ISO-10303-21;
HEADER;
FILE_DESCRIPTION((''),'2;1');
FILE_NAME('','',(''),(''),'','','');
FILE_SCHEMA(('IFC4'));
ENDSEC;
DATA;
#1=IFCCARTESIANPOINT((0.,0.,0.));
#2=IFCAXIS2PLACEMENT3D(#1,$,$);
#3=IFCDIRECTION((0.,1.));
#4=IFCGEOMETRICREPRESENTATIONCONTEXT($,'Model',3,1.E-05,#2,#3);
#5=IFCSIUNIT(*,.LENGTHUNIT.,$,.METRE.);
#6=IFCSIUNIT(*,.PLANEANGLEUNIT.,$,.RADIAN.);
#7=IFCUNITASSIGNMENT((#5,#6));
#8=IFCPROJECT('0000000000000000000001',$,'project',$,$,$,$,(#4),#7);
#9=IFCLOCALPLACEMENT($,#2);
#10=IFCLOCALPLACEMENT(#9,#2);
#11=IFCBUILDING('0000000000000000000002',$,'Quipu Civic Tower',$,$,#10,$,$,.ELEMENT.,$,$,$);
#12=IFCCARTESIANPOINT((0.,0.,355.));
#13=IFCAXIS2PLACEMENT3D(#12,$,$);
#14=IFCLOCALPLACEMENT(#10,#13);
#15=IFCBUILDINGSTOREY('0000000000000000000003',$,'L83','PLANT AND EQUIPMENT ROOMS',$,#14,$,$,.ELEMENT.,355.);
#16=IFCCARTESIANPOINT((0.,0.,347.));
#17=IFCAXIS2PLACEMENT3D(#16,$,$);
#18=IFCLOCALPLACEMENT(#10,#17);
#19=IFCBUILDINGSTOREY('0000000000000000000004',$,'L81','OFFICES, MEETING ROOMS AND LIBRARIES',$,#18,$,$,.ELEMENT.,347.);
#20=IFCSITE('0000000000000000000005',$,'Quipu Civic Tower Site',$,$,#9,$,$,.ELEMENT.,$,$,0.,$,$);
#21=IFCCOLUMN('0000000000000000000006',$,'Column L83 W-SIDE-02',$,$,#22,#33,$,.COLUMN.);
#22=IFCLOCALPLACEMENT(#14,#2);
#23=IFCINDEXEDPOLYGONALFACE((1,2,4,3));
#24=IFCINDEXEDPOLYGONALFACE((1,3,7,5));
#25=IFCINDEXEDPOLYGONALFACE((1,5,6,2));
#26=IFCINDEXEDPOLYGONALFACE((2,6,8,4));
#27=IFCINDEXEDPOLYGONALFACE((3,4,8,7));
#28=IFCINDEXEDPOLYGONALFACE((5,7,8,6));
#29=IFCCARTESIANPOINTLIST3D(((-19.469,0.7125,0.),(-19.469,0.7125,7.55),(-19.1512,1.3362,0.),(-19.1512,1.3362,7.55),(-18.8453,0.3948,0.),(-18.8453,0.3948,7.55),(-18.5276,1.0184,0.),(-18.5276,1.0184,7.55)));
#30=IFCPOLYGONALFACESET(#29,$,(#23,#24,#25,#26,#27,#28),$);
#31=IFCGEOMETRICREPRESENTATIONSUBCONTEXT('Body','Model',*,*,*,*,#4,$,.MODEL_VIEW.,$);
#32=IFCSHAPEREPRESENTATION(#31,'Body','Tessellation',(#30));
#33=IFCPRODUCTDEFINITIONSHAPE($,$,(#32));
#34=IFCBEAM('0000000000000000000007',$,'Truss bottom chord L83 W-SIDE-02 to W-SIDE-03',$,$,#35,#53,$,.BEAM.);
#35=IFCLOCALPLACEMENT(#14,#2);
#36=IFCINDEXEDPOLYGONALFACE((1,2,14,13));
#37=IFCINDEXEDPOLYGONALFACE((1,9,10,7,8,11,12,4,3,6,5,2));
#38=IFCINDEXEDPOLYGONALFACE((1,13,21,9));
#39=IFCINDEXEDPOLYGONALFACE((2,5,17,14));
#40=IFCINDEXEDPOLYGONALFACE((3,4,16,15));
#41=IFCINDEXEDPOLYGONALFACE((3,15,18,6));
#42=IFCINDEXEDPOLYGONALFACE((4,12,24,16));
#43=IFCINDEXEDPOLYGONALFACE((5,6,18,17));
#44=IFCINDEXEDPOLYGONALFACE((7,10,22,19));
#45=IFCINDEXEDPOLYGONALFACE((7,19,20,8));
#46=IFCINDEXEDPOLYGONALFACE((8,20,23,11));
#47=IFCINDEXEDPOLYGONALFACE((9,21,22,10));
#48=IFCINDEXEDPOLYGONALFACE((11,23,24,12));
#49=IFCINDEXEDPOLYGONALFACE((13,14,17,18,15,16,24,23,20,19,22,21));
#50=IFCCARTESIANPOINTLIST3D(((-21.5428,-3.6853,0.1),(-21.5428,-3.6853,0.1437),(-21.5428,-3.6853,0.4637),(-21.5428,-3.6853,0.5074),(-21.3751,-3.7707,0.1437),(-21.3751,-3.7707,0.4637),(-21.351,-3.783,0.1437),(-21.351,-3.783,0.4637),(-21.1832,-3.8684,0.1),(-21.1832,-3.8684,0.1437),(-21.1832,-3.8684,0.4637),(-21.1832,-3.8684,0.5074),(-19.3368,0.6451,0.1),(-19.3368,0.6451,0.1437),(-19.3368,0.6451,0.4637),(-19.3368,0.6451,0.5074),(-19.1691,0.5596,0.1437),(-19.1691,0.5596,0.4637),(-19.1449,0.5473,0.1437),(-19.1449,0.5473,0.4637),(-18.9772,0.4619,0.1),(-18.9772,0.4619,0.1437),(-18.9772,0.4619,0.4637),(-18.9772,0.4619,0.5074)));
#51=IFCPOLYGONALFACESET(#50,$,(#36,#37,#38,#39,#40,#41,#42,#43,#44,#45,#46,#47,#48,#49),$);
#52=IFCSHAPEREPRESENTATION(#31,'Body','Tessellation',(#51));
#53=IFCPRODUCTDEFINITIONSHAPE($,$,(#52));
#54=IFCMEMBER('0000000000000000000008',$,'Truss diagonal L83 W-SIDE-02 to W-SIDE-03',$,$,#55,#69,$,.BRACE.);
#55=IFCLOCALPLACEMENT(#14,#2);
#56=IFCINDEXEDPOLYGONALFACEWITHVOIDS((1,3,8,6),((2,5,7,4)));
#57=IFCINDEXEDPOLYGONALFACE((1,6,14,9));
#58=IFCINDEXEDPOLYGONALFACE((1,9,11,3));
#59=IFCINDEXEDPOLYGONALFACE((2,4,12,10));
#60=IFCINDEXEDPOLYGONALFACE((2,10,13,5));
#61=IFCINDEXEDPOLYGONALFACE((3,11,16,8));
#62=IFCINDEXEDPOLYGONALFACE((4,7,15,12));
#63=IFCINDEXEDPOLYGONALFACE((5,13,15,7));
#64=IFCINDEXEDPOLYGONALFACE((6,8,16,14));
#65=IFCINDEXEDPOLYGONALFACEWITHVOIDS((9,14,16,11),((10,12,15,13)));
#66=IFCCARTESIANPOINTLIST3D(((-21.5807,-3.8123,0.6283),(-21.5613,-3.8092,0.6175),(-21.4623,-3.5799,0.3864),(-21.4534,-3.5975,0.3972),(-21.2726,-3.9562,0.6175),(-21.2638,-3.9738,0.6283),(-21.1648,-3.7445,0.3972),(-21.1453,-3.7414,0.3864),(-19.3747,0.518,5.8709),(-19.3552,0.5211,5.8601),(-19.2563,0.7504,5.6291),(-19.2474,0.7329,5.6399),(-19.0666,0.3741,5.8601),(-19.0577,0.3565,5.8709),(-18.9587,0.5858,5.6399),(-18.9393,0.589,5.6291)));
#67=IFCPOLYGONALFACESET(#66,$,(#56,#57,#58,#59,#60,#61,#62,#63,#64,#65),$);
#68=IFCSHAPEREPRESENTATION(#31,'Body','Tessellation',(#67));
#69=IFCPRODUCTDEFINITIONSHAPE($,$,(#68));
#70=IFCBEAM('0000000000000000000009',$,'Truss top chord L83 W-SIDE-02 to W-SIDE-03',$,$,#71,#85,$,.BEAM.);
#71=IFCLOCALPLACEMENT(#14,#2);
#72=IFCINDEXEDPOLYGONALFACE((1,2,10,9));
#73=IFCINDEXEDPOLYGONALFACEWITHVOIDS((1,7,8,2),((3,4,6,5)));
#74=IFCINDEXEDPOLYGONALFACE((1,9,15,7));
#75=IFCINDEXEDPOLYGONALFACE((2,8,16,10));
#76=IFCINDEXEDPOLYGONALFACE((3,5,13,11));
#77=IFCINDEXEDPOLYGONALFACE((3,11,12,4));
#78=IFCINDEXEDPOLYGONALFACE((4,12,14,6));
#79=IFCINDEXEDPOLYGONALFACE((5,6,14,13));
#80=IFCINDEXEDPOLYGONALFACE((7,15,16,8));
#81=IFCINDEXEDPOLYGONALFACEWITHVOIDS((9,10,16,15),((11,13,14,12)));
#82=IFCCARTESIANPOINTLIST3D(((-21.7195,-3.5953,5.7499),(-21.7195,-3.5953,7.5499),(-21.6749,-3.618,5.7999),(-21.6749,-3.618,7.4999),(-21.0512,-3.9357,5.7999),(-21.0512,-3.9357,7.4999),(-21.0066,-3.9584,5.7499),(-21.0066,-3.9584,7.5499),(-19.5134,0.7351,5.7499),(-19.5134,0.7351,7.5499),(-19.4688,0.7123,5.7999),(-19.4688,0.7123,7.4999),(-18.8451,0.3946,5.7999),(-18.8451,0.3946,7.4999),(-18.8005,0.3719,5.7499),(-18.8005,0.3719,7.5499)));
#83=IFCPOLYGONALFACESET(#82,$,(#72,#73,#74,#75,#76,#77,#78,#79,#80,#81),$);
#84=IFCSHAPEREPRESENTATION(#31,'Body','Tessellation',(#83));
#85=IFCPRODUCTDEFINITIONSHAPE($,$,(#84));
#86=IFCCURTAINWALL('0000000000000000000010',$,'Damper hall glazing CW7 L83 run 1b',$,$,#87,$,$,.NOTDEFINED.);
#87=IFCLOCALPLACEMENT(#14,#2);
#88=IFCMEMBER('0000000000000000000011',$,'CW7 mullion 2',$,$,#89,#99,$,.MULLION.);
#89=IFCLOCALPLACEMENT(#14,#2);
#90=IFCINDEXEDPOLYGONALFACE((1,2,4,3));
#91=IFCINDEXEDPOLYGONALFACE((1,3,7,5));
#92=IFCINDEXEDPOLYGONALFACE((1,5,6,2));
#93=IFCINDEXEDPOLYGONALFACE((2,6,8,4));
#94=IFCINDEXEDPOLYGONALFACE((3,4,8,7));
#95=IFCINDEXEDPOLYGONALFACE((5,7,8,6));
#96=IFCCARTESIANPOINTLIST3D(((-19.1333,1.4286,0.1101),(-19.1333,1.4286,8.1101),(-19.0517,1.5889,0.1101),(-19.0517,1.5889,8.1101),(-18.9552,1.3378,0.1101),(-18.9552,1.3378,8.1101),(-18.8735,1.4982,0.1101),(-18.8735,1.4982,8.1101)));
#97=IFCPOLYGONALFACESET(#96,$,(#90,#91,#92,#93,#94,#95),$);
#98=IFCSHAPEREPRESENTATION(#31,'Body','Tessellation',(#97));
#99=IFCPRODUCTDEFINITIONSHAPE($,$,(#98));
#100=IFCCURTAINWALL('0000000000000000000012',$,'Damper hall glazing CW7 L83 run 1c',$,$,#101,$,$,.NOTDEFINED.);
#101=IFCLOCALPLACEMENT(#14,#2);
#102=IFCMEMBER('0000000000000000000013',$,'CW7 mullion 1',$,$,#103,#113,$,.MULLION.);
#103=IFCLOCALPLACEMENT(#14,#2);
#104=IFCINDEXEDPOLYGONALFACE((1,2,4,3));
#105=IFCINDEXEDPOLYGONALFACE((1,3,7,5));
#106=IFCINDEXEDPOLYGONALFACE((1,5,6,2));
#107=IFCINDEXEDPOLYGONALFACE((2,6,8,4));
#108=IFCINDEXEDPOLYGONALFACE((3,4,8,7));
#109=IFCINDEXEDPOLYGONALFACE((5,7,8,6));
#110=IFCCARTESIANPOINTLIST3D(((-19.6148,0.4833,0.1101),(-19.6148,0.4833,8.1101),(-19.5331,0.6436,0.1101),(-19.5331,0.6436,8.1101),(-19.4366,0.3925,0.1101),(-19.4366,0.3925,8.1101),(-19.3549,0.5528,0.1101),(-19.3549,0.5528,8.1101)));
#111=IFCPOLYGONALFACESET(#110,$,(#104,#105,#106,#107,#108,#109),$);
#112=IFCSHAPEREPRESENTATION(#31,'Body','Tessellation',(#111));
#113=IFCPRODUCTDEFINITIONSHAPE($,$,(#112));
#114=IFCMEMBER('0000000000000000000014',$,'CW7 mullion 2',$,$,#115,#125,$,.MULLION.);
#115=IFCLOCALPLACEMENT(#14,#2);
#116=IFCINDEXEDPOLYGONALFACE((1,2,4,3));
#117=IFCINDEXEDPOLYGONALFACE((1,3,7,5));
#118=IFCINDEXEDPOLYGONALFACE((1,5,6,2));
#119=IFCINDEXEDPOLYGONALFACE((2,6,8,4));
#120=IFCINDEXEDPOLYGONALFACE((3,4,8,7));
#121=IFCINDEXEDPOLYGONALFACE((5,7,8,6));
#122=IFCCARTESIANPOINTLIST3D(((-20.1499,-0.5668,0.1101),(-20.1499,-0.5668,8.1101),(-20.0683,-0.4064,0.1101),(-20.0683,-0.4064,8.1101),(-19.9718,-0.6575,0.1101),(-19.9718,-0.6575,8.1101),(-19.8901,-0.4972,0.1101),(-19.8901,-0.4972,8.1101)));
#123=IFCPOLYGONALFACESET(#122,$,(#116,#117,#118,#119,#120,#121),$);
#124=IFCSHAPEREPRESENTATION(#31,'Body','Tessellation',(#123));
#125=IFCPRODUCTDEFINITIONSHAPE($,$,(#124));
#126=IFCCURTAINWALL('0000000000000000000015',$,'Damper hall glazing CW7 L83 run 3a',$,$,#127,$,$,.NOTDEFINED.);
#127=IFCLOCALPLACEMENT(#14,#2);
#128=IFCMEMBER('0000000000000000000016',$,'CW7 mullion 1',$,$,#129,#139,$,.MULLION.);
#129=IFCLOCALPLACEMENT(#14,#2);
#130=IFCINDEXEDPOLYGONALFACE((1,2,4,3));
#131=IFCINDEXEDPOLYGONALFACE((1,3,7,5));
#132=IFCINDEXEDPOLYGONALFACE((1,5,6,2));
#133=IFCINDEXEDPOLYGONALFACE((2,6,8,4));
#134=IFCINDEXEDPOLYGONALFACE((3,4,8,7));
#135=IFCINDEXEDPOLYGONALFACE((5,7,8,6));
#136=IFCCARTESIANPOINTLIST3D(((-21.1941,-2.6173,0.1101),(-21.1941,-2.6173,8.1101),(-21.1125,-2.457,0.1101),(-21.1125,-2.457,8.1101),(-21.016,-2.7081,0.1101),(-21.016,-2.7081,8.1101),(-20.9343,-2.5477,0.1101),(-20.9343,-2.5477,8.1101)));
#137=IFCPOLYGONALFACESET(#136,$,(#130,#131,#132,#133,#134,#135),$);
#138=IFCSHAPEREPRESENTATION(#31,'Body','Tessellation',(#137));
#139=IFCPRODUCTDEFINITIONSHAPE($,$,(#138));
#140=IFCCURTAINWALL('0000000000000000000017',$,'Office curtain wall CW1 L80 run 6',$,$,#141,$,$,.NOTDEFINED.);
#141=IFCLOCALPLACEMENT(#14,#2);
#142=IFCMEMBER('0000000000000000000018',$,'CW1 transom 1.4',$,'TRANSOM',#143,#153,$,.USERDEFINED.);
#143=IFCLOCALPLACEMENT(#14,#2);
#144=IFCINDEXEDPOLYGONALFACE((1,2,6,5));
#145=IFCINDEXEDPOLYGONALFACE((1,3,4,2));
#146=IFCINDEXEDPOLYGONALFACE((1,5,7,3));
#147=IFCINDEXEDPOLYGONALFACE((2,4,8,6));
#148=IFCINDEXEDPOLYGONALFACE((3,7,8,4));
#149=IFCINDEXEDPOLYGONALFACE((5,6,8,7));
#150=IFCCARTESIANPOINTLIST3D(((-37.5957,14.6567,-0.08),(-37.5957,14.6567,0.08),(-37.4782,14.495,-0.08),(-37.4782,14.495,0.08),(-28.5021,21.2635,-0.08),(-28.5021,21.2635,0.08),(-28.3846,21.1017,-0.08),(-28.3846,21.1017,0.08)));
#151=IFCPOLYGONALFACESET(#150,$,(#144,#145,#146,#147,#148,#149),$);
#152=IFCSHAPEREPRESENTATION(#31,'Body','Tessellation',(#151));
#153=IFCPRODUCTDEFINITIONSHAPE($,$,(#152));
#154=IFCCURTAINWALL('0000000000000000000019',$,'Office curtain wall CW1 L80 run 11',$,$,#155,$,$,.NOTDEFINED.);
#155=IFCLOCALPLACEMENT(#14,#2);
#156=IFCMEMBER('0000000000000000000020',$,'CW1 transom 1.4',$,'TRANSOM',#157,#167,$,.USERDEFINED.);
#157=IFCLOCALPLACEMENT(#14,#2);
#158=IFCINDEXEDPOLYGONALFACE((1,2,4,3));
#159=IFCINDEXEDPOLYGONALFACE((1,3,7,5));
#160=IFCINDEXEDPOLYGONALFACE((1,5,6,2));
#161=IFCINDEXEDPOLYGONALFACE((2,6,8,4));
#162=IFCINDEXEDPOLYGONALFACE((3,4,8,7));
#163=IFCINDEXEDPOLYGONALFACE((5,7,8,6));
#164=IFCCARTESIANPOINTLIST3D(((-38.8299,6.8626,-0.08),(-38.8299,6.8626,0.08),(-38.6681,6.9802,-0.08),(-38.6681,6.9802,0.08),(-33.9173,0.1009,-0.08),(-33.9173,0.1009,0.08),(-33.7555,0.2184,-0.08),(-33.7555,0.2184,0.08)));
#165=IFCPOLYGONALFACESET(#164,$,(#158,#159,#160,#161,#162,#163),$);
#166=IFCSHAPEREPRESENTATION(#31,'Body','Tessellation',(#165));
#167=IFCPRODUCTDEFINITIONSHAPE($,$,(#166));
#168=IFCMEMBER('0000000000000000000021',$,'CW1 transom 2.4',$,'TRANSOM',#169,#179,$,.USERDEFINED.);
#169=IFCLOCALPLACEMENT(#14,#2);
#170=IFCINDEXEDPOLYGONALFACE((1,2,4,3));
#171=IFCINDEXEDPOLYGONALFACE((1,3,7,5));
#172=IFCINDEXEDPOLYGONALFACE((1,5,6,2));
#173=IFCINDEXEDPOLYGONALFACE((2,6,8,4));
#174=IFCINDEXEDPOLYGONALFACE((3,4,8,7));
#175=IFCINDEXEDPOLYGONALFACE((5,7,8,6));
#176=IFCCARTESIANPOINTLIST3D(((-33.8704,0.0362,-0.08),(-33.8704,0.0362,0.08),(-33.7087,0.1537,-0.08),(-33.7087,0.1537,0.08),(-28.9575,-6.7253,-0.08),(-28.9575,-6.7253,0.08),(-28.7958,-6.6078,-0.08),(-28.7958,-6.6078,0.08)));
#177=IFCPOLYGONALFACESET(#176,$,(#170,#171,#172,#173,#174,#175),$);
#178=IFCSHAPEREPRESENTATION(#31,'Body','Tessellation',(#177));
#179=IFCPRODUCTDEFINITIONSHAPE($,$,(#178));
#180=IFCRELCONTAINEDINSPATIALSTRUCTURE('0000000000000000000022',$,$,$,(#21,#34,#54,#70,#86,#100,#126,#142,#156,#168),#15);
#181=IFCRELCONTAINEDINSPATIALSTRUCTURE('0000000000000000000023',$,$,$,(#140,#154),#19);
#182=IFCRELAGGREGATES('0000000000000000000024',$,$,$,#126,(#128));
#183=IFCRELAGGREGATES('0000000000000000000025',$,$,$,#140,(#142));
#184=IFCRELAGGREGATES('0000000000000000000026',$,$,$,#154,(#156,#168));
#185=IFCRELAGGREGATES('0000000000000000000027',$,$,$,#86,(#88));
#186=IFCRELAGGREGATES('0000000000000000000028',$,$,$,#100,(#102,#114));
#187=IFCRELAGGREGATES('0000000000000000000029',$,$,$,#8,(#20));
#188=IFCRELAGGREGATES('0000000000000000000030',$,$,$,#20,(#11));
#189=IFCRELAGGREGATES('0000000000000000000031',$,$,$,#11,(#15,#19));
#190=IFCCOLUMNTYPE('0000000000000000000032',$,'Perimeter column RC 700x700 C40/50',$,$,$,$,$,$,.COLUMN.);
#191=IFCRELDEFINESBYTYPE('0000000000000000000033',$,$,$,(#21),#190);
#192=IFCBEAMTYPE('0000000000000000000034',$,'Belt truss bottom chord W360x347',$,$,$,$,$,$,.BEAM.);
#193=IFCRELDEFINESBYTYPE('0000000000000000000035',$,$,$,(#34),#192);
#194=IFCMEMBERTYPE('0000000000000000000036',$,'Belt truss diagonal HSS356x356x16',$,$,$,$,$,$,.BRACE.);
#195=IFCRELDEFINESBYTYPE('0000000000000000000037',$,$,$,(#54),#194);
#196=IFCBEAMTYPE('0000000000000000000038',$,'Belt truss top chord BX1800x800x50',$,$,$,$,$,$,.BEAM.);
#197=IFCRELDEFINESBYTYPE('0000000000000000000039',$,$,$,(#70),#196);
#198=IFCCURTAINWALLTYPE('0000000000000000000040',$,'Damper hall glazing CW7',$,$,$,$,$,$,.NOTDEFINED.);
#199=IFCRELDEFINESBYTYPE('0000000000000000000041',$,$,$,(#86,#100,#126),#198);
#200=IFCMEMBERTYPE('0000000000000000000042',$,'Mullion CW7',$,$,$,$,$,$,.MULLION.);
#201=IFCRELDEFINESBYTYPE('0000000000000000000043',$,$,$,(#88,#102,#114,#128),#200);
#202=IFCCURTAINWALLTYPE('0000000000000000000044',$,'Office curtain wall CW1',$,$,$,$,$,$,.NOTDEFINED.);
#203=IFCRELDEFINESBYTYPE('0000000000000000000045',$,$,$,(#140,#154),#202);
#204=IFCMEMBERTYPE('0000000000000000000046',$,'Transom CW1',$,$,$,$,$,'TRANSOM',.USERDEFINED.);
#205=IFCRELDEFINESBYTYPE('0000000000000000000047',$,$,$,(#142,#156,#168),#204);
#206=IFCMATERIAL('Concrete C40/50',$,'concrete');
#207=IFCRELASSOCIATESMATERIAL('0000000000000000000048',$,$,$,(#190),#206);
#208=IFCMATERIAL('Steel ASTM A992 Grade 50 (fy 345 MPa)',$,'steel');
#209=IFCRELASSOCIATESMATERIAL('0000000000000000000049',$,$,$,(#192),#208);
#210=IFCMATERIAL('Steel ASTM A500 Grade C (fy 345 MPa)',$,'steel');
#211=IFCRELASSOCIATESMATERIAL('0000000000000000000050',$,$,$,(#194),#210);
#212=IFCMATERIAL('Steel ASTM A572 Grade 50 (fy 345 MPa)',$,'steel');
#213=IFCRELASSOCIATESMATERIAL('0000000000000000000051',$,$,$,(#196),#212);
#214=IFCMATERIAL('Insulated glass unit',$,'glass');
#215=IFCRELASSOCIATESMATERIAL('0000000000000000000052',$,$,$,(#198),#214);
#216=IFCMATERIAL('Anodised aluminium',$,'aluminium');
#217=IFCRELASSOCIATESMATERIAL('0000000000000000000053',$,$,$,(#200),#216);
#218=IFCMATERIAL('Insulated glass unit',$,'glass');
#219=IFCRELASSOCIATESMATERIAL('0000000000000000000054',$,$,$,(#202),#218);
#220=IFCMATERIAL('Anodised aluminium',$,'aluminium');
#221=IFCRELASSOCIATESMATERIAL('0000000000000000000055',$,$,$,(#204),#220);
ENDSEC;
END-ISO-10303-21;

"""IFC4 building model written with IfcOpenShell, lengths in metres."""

from ifc_helpers import new_model, si_unit, direction, frame, origin, origin_2d, place, context, subcontext, project, spatial, rectangle, hollow_rectangle, i_section, extrude, material, material_profile, profile_set, type_object, element, aggregate, save


model = new_model("IFC4")

# Units and contexts
model_context = context("Model", 3, precision=1e-05, world=origin(), true_north=direction((0.0, 1.0)))
body_context = subcontext(model_context, "Body", "Model", "MODEL_VIEW")
ifc_project = project(units=[si_unit("LENGTHUNIT", "METRE"), si_unit("PLANEANGLEUNIT", "RADIAN")], contexts=[model_context])

# Site, building, storey
site_placement = place(None, origin())
site = spatial("IfcSite", under=ifc_project, at=site_placement, Name="Quipu Civic Tower Site", CompositionType="ELEMENT", RefElevation=0.0)
building_placement = place(site_placement, origin())
building = spatial("IfcBuilding", under=site, at=building_placement, Name="Quipu Civic Tower", CompositionType="ELEMENT")
storey_1_placement = place(building_placement, frame((0.0, 0.0, 355.0)))
storey_1 = spatial("IfcBuildingStorey", under=building, at=storey_1_placement, Name="L83", Description="PLANT AND EQUIPMENT ROOMS", CompositionType="ELEMENT", Elevation=355.0)

# Column
ifc_material_1 = material(Name="Concrete C40/50", Category="concrete")
ifc_material_profile_1 = material_profile(ifc_material_1, rectangle(XDim=0.7, YDim=0.7, at=origin_2d()), Name="RC700x700")
ifc_profile_set_1 = profile_set([ifc_material_profile_1], Name="Concrete C40/50")
column_type = type_object("IfcColumnType", Name="Perimeter column RC 700x700 C40/50", PredefinedType="COLUMN", material=ifc_profile_set_1)
column_placement = place(storey_1_placement, frame((-18.9983, 0.8655, 0.0), z_axis=(0.0, 0.0, 1.0), x_axis=(-0.45399, -0.891007, 0.0)))
element("IfcColumn", 1, at=column_placement, inside=storey_1, type_object=column_type, Name="Column L83 W-SIDE-02", PredefinedType="COLUMN", context=body_context, shape_type="SweptSolid", body=[
    extrude(rectangle(XDim=0.7, YDim=0.7, at=origin_2d()), origin(), (0.0, 0.0, 1.0), 7.55),
])

# Beam
ifc_material_2 = material(Name="Steel ASTM A992 Grade 50 (fy 345 MPa)", Category="steel")
ifc_material_profile_2 = material_profile(ifc_material_2, i_section(OverallWidth=0.4036, OverallDepth=0.4075, WebThickness=0.0271, FlangeThickness=0.0437, at=origin_2d()), Name="W360x347")
ifc_profile_set_2 = profile_set([ifc_material_profile_2], Name="Steel ASTM A992 Grade 50 (fy 345 MPa)")
beam_type_1 = type_object("IfcBeamType", Name="Belt truss bottom chord W360x347", PredefinedType="BEAM", material=ifc_profile_set_2)
beam_1_placement = place(storey_1_placement, frame((-19.157, 0.5535, 0.3037), z_axis=(-0.453933, -0.891036, 0.0), x_axis=(0.891036, -0.453933, 0.0)))
element("IfcBeam", 2, at=beam_1_placement, inside=storey_1, type_object=beam_type_1, Name="Truss bottom chord L83 W-SIDE-02 to W-SIDE-03", PredefinedType="BEAM", context=body_context, shape_type="SweptSolid", body=[
    extrude(i_section(OverallWidth=0.4036, OverallDepth=0.4075, WebThickness=0.0271, FlangeThickness=0.0437, at=origin_2d()), origin(), (0.0, 0.0, 1.0), 4.8599),
])

# Member
ifc_material_3 = material(Name="Steel ASTM A500 Grade C (fy 345 MPa)", Category="steel")
ifc_material_profile_3 = material_profile(ifc_material_3, hollow_rectangle(XDim=0.3557, YDim=0.3557, WallThickness=0.0159, at=origin_2d()), Name="HSS356x356x16")
ifc_profile_set_3 = profile_set([ifc_material_profile_3], Name="Steel ASTM A500 Grade C (fy 345 MPa)")
member_type_1 = type_object("IfcMemberType", Name="Belt truss diagonal HSS356x356x16", PredefinedType="BRACE", material=ifc_profile_set_3)
member_1_placement = place(storey_1_placement, frame((-19.157, 0.5535, 5.75), z_axis=(-0.308595, -0.605749, -0.733374), x_axis=(0.891036, -0.453933, 0.0)))
element("IfcMember", 3, at=member_1_placement, inside=storey_1, type_object=member_type_1, Name="Truss diagonal L83 W-SIDE-02 to W-SIDE-03", PredefinedType="BRACE", context=body_context, shape_type="SweptSolid", body=[
    extrude(hollow_rectangle(XDim=0.3557, YDim=0.3557, WallThickness=0.0159, at=origin_2d()), origin(), (0.0, 0.0, 1.0), 7.1487),
])

# Beam
ifc_material_4 = material(Name="Steel ASTM A572 Grade 50 (fy 345 MPa)", Category="steel")
ifc_material_profile_4 = material_profile(ifc_material_4, hollow_rectangle(XDim=0.8, YDim=1.8, WallThickness=0.05, at=origin_2d()), Name="BX1800x800x50")
ifc_profile_set_4 = profile_set([ifc_material_profile_4], Name="Steel ASTM A572 Grade 50 (fy 345 MPa)")
beam_type_2 = type_object("IfcBeamType", Name="Belt truss top chord BX1800x800x50", PredefinedType="BEAM", material=ifc_profile_set_4)
beam_2_placement = place(storey_1_placement, frame((-19.157, 0.5535, 6.6499), z_axis=(-0.453933, -0.891036, 0.0), x_axis=(0.891036, -0.453933, 0.0)))
element("IfcBeam", 4, at=beam_2_placement, inside=storey_1, type_object=beam_type_2, Name="Truss top chord L83 W-SIDE-02 to W-SIDE-03", PredefinedType="BEAM", context=body_context, shape_type="SweptSolid", body=[
    extrude(hollow_rectangle(XDim=0.8, YDim=1.8, WallThickness=0.05, at=origin_2d()), origin(), (0.0, 0.0, 1.0), 4.8599),
])

# Curtain wall, member
ifc_material_5 = material(Name="Insulated glass unit", Category="glass")
curtain_wall_type_1 = type_object("IfcCurtainWallType", Name="Damper hall glazing CW7", PredefinedType="NOTDEFINED", material=ifc_material_5)
curtain_wall_1_placement = place(storey_1_placement, origin())
curtain_wall_1 = element("IfcCurtainWall", 5, at=curtain_wall_1_placement, inside=storey_1, type_object=curtain_wall_type_1, Name="Damper hall glazing CW7 L83 run 1b", PredefinedType="NOTDEFINED")
ifc_material_6 = material(Name="Anodised aluminium", Category="aluminium")
ifc_material_profile_5 = material_profile(ifc_material_6, rectangle(XDim=0.2, YDim=0.1799, at=origin_2d()), Name="RECT 200x180")
ifc_profile_set_5 = profile_set([ifc_material_profile_5], Name="Anodised aluminium")
member_type_2 = type_object("IfcMemberType", Name="Mullion CW7", PredefinedType="MULLION", material=ifc_profile_set_5)
member_2_placement = place(storey_1_placement, frame((-19.0034, 1.4634, 0.1101), z_axis=(0.0, 0.0, 1.0), x_axis=(0.891003, -0.453997, 0.0)))
member_2 = element("IfcMember", 6, at=member_2_placement, type_object=member_type_2, Name="CW7 mullion 2", PredefinedType="MULLION", context=body_context, shape_type="SweptSolid", body=[
    extrude(rectangle(XDim=0.2, YDim=0.1799, at=origin_2d()), origin(), (0.0, 0.0, 1.0), 8.0),
])

# Curtain wall, members
curtain_wall_2_placement = place(storey_1_placement, origin())
curtain_wall_2 = element("IfcCurtainWall", 7, at=curtain_wall_2_placement, inside=storey_1, type_object=curtain_wall_type_1, Name="Damper hall glazing CW7 L83 run 1c", PredefinedType="NOTDEFINED")
member_3_placement = place(storey_1_placement, frame((-19.4849, 0.5181, 0.1101), z_axis=(0.0, 0.0, 1.0), x_axis=(0.891, -0.454003, 0.0)))
member_3 = element("IfcMember", 8, at=member_3_placement, type_object=member_type_2, Name="CW7 mullion 1", PredefinedType="MULLION", context=body_context, shape_type="SweptSolid", body=[
    extrude(rectangle(XDim=0.2, YDim=0.1799, at=origin_2d()), origin(), (0.0, 0.0, 1.0), 8.0),
])
member_4_placement = place(storey_1_placement, frame((-20.02, -0.532, 0.1101), z_axis=(0.0, 0.0, 1.0), x_axis=(0.891, -0.454003, 0.0)))
member_4 = element("IfcMember", 9, at=member_4_placement, type_object=member_type_2, Name="CW7 mullion 2", PredefinedType="MULLION", context=body_context, shape_type="SweptSolid", body=[
    extrude(rectangle(XDim=0.2, YDim=0.1799, at=origin_2d()), origin(), (0.0, 0.0, 1.0), 8.0),
])

# Curtain wall, member
curtain_wall_3_placement = place(storey_1_placement, origin())
curtain_wall_3 = element("IfcCurtainWall", 10, at=curtain_wall_3_placement, inside=storey_1, type_object=curtain_wall_type_1, Name="Damper hall glazing CW7 L83 run 3a", PredefinedType="NOTDEFINED")
member_5_placement = place(storey_1_placement, frame((-21.0642, -2.5825, 0.1101), z_axis=(0.0, 0.0, 1.0), x_axis=(0.891034, -0.453937, 0.0)))
member_5 = element("IfcMember", 11, at=member_5_placement, type_object=member_type_2, Name="CW7 mullion 1", PredefinedType="MULLION", context=body_context, shape_type="SweptSolid", body=[
    extrude(rectangle(XDim=0.2, YDim=0.1799, at=origin_2d()), origin(), (0.0, 0.0, 1.0), 8.0),
])
aggregate(curtain_wall_3, [member_5])

# Shared definitions
storey_2_placement = place(building_placement, frame((0.0, 0.0, 347.0)))
storey_2 = spatial("IfcBuildingStorey", under=building, at=storey_2_placement, Name="L81", Description="OFFICES, MEETING ROOMS AND LIBRARIES", CompositionType="ELEMENT", Elevation=347.0)

# Curtain wall, member
ifc_material_7 = material(Name="Insulated glass unit", Category="glass")
curtain_wall_type_2 = type_object("IfcCurtainWallType", Name="Office curtain wall CW1", PredefinedType="NOTDEFINED", material=ifc_material_7)
curtain_wall_4_placement = place(storey_2_placement, origin())
curtain_wall_4 = element("IfcCurtainWall", 12, at=curtain_wall_4_placement, inside=storey_2, type_object=curtain_wall_type_2, Name="Office curtain wall CW1 L80 run 6", PredefinedType="NOTDEFINED")
ifc_material_8 = material(Name="Anodised aluminium", Category="aluminium")
ifc_material_profile_6 = material_profile(ifc_material_8, rectangle(XDim=0.2, YDim=0.1599, at=origin_2d()), Name="RECT 200x160")
ifc_profile_set_6 = profile_set([ifc_material_profile_6], Name="Anodised aluminium")
member_type_3 = type_object("IfcMemberType", Name="Transom CW1", ElementType="TRANSOM", PredefinedType="USERDEFINED", material=ifc_profile_set_6)
member_6_placement = place(storey_1_placement, frame((-28.4434, 21.1826, 0.0), z_axis=(-0.809022, -0.587778, 0.0), x_axis=(0.587778, -0.809022, 0.0)))
member_6 = element("IfcMember", 13, at=member_6_placement, inside=storey_1, type_object=member_type_3, Name="CW1 transom 1.4", ObjectType="TRANSOM", PredefinedType="USERDEFINED", context=body_context, shape_type="SweptSolid", body=[
    extrude(rectangle(XDim=0.2, YDim=0.1599, at=origin_2d()), origin(), (0.0, 0.0, 1.0), 11.2402),
])
aggregate(curtain_wall_4, [member_6])

# Curtain wall, members
curtain_wall_5_placement = place(storey_2_placement, origin())
curtain_wall_5 = element("IfcCurtainWall", 14, at=curtain_wall_5_placement, inside=storey_2, type_object=curtain_wall_type_2, Name="Office curtain wall CW1 L80 run 11", PredefinedType="NOTDEFINED")
member_7_placement = place(storey_1_placement, frame((-38.749, 6.9214, 0.0), z_axis=(0.587779, -0.809021, 0.0), x_axis=(0.809021, 0.587779, 0.0)))
member_7 = element("IfcMember", 15, at=member_7_placement, inside=storey_1, type_object=member_type_3, Name="CW1 transom 1.4", ObjectType="TRANSOM", PredefinedType="USERDEFINED", context=body_context, shape_type="SweptSolid", body=[
    extrude(rectangle(XDim=0.2, YDim=0.1599, at=origin_2d()), origin(), (0.0, 0.0, 1.0), 8.3579),
])
member_8_placement = place(storey_1_placement, frame((-33.7896, 0.095, 0.0), z_axis=(0.587812, -0.808997, 0.0), x_axis=(0.808997, 0.587812, 0.0)))
member_8 = element("IfcMember", 16, at=member_8_placement, inside=storey_1, type_object=member_type_3, Name="CW1 transom 2.4", ObjectType="TRANSOM", PredefinedType="USERDEFINED", context=body_context, shape_type="SweptSolid", body=[
    extrude(rectangle(XDim=0.2, YDim=0.1599, at=origin_2d()), origin(), (0.0, 0.0, 1.0), 8.3579),
])
aggregate(curtain_wall_5, [member_7, member_8])

aggregate(curtain_wall_1, [member_2])
aggregate(curtain_wall_2, [member_3, member_4])

save(model, "model.ifc")
